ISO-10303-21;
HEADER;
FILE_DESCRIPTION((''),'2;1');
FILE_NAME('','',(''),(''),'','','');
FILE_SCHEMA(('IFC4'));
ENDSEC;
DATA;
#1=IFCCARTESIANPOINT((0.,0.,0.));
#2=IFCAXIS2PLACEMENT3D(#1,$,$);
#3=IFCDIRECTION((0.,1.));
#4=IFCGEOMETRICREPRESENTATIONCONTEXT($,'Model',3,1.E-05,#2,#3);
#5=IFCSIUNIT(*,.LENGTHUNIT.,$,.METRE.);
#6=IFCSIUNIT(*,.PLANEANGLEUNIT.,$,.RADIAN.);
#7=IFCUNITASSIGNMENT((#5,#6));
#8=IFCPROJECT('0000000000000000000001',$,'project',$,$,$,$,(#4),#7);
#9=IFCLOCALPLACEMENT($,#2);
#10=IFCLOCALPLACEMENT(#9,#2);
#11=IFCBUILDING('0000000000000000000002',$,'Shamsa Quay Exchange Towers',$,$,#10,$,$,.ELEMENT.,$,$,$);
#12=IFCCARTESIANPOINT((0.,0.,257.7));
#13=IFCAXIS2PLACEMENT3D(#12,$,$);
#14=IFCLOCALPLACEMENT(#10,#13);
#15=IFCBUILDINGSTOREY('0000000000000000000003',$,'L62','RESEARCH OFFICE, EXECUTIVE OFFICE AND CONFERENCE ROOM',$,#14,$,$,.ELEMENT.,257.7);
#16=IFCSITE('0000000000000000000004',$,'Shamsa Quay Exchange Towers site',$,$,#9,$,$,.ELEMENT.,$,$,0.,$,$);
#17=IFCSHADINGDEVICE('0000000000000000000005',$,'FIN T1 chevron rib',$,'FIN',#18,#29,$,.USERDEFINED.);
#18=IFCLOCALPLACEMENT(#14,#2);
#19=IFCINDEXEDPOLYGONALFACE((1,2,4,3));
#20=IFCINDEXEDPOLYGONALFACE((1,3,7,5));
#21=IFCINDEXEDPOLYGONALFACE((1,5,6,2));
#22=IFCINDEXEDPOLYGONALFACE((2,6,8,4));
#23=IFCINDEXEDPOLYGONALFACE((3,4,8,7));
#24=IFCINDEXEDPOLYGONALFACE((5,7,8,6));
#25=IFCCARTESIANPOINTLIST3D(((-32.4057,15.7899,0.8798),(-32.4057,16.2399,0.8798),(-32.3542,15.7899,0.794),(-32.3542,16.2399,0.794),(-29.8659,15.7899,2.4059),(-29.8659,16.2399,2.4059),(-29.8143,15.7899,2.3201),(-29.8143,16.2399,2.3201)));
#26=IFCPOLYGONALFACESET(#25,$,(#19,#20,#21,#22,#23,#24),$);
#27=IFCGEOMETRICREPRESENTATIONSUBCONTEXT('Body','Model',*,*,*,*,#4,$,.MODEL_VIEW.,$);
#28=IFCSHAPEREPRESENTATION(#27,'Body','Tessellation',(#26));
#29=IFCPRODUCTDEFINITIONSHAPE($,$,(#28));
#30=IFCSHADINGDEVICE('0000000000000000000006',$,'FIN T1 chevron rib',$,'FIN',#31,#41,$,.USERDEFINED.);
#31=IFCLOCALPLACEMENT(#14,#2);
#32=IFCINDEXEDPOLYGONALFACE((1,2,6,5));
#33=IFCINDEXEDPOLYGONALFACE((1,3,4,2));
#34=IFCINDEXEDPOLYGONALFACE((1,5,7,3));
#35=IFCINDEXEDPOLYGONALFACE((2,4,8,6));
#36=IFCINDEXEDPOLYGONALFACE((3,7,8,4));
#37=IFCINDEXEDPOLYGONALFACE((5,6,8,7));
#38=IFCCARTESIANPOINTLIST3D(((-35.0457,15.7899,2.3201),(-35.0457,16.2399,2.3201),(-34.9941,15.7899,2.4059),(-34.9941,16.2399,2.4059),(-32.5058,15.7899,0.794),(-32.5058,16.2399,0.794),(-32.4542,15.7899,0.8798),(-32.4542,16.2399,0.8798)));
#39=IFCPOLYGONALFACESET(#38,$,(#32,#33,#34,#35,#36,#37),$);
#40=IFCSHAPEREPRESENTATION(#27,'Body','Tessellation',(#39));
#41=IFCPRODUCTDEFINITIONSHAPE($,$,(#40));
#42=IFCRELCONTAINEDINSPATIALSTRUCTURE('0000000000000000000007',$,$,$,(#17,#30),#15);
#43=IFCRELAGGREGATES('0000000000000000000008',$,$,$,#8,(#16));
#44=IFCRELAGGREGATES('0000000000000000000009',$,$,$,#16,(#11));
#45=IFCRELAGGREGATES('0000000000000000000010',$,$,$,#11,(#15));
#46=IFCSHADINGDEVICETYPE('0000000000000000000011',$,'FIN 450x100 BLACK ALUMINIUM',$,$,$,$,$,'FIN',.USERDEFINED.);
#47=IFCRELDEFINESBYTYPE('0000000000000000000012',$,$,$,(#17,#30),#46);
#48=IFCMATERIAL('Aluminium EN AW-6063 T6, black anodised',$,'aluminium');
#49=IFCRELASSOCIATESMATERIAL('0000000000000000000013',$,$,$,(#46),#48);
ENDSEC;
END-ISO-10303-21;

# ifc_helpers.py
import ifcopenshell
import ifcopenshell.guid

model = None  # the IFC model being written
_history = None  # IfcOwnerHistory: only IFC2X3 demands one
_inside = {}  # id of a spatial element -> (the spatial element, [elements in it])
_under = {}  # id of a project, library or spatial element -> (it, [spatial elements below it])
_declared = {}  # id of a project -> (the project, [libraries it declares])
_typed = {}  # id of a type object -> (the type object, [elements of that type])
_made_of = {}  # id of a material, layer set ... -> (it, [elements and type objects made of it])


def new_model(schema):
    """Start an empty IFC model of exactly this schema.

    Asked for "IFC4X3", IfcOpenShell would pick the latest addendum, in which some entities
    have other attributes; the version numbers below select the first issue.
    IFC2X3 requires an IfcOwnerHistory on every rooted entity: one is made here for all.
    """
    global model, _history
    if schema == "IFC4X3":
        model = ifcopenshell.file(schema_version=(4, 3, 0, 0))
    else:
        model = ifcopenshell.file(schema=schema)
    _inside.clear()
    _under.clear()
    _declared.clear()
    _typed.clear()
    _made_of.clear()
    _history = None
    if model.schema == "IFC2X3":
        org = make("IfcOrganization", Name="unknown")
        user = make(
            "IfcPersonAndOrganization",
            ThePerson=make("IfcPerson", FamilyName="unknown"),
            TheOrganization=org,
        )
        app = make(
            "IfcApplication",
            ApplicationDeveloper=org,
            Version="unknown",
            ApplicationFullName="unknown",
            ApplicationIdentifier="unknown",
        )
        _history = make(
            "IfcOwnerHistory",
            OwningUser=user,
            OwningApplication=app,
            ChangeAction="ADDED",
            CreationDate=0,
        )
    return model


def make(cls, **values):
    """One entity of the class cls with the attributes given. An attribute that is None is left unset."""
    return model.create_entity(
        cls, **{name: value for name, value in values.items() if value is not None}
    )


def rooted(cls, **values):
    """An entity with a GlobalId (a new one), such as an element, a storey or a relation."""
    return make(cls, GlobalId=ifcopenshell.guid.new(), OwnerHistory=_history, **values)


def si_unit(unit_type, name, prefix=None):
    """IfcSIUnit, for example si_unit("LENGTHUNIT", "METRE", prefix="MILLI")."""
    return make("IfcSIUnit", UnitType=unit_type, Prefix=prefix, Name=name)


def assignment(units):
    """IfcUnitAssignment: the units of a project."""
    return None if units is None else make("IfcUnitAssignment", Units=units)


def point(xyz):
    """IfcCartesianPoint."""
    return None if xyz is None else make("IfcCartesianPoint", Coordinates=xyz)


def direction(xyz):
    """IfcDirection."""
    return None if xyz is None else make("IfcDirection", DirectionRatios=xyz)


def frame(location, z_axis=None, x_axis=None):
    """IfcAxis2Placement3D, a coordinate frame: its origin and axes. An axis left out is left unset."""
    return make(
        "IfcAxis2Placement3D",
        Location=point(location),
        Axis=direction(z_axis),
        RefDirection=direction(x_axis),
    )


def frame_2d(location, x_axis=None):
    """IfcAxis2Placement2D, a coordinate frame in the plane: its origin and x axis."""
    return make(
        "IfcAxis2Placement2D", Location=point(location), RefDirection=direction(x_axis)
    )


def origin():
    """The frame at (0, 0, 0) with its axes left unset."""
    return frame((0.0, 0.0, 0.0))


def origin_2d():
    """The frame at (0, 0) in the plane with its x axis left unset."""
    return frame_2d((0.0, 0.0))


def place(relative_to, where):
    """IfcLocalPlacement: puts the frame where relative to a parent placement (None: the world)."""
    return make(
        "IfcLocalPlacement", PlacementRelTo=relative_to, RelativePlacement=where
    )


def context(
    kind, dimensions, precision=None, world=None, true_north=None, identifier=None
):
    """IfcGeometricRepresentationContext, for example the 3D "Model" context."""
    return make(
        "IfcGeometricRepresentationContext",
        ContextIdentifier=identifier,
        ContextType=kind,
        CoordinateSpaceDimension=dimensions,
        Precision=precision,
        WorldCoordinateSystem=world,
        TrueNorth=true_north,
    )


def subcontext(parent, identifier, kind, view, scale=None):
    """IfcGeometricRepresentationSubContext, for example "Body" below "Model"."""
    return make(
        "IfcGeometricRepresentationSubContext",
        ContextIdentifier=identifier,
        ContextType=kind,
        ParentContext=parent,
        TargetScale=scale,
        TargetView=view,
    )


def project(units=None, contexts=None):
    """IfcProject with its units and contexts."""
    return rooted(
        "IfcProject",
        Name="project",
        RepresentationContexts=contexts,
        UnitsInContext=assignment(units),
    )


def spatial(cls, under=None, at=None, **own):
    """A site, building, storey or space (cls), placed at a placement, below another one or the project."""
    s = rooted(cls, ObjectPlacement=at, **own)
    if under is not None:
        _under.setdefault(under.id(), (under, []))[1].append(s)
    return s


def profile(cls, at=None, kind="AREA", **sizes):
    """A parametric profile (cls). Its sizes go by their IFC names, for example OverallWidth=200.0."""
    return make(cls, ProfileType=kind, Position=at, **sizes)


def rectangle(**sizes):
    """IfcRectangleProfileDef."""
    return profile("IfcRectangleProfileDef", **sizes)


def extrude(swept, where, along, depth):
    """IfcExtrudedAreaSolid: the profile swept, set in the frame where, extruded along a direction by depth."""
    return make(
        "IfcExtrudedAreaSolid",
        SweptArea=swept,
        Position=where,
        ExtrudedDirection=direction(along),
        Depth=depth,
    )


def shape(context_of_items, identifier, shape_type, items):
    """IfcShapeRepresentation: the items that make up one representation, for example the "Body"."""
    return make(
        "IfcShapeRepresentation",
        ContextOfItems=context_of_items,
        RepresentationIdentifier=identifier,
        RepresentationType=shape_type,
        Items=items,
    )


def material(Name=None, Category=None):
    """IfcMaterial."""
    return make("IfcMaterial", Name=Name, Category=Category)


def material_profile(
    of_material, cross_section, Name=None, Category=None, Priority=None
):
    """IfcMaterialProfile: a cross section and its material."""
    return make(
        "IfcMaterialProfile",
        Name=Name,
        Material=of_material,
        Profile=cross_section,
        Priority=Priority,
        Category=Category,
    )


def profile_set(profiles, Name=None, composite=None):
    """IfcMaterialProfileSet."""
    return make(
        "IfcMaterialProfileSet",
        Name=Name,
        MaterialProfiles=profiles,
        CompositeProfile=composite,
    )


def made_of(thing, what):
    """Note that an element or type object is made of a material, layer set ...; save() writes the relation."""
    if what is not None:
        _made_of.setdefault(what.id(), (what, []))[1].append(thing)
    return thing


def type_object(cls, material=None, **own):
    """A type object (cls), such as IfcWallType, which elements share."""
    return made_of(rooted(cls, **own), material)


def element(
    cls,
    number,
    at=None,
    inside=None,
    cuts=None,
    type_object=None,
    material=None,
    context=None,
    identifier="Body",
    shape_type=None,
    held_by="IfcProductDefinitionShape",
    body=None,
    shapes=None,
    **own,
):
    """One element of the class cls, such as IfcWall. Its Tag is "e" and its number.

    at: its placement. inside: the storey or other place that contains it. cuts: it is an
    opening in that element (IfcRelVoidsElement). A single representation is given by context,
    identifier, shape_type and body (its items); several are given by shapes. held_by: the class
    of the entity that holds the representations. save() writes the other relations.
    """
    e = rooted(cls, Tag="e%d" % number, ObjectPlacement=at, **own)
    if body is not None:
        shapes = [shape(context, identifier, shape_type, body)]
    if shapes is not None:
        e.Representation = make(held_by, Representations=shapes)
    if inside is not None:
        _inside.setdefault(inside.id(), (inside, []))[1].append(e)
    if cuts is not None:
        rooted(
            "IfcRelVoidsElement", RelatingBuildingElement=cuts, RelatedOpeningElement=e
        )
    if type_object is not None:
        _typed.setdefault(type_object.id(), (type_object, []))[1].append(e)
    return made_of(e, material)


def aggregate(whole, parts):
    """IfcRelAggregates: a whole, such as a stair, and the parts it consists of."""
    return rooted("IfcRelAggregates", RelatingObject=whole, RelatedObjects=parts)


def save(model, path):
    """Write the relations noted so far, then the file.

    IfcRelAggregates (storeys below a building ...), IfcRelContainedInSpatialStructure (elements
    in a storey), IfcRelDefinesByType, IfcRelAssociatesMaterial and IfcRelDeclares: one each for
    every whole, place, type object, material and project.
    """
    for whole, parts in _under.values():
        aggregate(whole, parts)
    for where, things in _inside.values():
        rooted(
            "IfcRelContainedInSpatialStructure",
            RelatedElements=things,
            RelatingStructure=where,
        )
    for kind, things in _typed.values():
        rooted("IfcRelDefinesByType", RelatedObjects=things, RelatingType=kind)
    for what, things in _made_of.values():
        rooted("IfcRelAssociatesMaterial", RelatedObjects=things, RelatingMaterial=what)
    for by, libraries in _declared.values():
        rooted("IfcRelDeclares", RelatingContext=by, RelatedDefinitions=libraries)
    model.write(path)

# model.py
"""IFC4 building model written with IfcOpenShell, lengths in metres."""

from ifc_helpers import new_model, si_unit, direction, frame, origin, origin_2d, place, context, subcontext, project, spatial, rectangle, extrude, material, material_profile, profile_set, type_object, element, save


model = new_model("IFC4")

# Units and contexts
model_context = context("Model", 3, precision=1e-05, world=origin(), true_north=direction((0.0, 1.0)))
body_context = subcontext(model_context, "Body", "Model", "MODEL_VIEW")
ifc_project = project(units=[si_unit("LENGTHUNIT", "METRE"), si_unit("PLANEANGLEUNIT", "RADIAN")], contexts=[model_context])

# Site, building, storey
site_placement = place(None, origin())
site = spatial("IfcSite", under=ifc_project, at=site_placement, Name="Shamsa Quay Exchange Towers site", CompositionType="ELEMENT", RefElevation=0.0)
building_placement = place(site_placement, origin())
building = spatial("IfcBuilding", under=site, at=building_placement, Name="Shamsa Quay Exchange Towers", CompositionType="ELEMENT")
storey_placement = place(building_placement, frame((0.0, 0.0, 257.7)))
storey = spatial("IfcBuildingStorey", under=building, at=storey_placement, Name="L62", Description="RESEARCH OFFICE, EXECUTIVE OFFICE AND CONFERENCE ROOM", CompositionType="ELEMENT", Elevation=257.7)

# Shared definitions
ifc_material_1 = material(Name="Aluminium EN AW-6063 T6, black anodised", Category="aluminium")

# Shading devices
ifc_material_profile_1 = material_profile(ifc_material_1, rectangle(XDim=0.45, YDim=0.1001, at=origin_2d()), Name="FIN450x100")
ifc_profile_set_1 = profile_set([ifc_material_profile_1], Name="Aluminium EN AW-6063 T6, black anodised")
shading_device_type = type_object("IfcShadingDeviceType", Name="FIN 450x100 BLACK ALUMINIUM", ElementType="FIN", PredefinedType="USERDEFINED", material=ifc_profile_set_1)
for number, where, z_axis, x_axis, name in (
    (1, (-29.8401, 16.0149, 2.363), (-0.857158, 0.0, -0.515053), (0.0, -1.0, 0.0), "FIN T1 chevron rib"),
    (2, (-32.48, 16.0149, 0.8369), (-0.85718, 0.0, 0.515017), (0.0, -1.0, 0.0), "FIN T1 chevron rib"),
):
    element("IfcShadingDevice", number, at=place(storey_placement, frame(where, z_axis=z_axis, x_axis=x_axis)), inside=storey, type_object=shading_device_type, Name=name, ObjectType="FIN", PredefinedType="USERDEFINED", context=body_context, shape_type="SweptSolid", body=[
        extrude(rectangle(XDim=0.45, YDim=0.1001, at=origin_2d()), origin(), (0.0, 0.0, 1.0), 2.9631),
    ])

save(model, "model.ifc")
